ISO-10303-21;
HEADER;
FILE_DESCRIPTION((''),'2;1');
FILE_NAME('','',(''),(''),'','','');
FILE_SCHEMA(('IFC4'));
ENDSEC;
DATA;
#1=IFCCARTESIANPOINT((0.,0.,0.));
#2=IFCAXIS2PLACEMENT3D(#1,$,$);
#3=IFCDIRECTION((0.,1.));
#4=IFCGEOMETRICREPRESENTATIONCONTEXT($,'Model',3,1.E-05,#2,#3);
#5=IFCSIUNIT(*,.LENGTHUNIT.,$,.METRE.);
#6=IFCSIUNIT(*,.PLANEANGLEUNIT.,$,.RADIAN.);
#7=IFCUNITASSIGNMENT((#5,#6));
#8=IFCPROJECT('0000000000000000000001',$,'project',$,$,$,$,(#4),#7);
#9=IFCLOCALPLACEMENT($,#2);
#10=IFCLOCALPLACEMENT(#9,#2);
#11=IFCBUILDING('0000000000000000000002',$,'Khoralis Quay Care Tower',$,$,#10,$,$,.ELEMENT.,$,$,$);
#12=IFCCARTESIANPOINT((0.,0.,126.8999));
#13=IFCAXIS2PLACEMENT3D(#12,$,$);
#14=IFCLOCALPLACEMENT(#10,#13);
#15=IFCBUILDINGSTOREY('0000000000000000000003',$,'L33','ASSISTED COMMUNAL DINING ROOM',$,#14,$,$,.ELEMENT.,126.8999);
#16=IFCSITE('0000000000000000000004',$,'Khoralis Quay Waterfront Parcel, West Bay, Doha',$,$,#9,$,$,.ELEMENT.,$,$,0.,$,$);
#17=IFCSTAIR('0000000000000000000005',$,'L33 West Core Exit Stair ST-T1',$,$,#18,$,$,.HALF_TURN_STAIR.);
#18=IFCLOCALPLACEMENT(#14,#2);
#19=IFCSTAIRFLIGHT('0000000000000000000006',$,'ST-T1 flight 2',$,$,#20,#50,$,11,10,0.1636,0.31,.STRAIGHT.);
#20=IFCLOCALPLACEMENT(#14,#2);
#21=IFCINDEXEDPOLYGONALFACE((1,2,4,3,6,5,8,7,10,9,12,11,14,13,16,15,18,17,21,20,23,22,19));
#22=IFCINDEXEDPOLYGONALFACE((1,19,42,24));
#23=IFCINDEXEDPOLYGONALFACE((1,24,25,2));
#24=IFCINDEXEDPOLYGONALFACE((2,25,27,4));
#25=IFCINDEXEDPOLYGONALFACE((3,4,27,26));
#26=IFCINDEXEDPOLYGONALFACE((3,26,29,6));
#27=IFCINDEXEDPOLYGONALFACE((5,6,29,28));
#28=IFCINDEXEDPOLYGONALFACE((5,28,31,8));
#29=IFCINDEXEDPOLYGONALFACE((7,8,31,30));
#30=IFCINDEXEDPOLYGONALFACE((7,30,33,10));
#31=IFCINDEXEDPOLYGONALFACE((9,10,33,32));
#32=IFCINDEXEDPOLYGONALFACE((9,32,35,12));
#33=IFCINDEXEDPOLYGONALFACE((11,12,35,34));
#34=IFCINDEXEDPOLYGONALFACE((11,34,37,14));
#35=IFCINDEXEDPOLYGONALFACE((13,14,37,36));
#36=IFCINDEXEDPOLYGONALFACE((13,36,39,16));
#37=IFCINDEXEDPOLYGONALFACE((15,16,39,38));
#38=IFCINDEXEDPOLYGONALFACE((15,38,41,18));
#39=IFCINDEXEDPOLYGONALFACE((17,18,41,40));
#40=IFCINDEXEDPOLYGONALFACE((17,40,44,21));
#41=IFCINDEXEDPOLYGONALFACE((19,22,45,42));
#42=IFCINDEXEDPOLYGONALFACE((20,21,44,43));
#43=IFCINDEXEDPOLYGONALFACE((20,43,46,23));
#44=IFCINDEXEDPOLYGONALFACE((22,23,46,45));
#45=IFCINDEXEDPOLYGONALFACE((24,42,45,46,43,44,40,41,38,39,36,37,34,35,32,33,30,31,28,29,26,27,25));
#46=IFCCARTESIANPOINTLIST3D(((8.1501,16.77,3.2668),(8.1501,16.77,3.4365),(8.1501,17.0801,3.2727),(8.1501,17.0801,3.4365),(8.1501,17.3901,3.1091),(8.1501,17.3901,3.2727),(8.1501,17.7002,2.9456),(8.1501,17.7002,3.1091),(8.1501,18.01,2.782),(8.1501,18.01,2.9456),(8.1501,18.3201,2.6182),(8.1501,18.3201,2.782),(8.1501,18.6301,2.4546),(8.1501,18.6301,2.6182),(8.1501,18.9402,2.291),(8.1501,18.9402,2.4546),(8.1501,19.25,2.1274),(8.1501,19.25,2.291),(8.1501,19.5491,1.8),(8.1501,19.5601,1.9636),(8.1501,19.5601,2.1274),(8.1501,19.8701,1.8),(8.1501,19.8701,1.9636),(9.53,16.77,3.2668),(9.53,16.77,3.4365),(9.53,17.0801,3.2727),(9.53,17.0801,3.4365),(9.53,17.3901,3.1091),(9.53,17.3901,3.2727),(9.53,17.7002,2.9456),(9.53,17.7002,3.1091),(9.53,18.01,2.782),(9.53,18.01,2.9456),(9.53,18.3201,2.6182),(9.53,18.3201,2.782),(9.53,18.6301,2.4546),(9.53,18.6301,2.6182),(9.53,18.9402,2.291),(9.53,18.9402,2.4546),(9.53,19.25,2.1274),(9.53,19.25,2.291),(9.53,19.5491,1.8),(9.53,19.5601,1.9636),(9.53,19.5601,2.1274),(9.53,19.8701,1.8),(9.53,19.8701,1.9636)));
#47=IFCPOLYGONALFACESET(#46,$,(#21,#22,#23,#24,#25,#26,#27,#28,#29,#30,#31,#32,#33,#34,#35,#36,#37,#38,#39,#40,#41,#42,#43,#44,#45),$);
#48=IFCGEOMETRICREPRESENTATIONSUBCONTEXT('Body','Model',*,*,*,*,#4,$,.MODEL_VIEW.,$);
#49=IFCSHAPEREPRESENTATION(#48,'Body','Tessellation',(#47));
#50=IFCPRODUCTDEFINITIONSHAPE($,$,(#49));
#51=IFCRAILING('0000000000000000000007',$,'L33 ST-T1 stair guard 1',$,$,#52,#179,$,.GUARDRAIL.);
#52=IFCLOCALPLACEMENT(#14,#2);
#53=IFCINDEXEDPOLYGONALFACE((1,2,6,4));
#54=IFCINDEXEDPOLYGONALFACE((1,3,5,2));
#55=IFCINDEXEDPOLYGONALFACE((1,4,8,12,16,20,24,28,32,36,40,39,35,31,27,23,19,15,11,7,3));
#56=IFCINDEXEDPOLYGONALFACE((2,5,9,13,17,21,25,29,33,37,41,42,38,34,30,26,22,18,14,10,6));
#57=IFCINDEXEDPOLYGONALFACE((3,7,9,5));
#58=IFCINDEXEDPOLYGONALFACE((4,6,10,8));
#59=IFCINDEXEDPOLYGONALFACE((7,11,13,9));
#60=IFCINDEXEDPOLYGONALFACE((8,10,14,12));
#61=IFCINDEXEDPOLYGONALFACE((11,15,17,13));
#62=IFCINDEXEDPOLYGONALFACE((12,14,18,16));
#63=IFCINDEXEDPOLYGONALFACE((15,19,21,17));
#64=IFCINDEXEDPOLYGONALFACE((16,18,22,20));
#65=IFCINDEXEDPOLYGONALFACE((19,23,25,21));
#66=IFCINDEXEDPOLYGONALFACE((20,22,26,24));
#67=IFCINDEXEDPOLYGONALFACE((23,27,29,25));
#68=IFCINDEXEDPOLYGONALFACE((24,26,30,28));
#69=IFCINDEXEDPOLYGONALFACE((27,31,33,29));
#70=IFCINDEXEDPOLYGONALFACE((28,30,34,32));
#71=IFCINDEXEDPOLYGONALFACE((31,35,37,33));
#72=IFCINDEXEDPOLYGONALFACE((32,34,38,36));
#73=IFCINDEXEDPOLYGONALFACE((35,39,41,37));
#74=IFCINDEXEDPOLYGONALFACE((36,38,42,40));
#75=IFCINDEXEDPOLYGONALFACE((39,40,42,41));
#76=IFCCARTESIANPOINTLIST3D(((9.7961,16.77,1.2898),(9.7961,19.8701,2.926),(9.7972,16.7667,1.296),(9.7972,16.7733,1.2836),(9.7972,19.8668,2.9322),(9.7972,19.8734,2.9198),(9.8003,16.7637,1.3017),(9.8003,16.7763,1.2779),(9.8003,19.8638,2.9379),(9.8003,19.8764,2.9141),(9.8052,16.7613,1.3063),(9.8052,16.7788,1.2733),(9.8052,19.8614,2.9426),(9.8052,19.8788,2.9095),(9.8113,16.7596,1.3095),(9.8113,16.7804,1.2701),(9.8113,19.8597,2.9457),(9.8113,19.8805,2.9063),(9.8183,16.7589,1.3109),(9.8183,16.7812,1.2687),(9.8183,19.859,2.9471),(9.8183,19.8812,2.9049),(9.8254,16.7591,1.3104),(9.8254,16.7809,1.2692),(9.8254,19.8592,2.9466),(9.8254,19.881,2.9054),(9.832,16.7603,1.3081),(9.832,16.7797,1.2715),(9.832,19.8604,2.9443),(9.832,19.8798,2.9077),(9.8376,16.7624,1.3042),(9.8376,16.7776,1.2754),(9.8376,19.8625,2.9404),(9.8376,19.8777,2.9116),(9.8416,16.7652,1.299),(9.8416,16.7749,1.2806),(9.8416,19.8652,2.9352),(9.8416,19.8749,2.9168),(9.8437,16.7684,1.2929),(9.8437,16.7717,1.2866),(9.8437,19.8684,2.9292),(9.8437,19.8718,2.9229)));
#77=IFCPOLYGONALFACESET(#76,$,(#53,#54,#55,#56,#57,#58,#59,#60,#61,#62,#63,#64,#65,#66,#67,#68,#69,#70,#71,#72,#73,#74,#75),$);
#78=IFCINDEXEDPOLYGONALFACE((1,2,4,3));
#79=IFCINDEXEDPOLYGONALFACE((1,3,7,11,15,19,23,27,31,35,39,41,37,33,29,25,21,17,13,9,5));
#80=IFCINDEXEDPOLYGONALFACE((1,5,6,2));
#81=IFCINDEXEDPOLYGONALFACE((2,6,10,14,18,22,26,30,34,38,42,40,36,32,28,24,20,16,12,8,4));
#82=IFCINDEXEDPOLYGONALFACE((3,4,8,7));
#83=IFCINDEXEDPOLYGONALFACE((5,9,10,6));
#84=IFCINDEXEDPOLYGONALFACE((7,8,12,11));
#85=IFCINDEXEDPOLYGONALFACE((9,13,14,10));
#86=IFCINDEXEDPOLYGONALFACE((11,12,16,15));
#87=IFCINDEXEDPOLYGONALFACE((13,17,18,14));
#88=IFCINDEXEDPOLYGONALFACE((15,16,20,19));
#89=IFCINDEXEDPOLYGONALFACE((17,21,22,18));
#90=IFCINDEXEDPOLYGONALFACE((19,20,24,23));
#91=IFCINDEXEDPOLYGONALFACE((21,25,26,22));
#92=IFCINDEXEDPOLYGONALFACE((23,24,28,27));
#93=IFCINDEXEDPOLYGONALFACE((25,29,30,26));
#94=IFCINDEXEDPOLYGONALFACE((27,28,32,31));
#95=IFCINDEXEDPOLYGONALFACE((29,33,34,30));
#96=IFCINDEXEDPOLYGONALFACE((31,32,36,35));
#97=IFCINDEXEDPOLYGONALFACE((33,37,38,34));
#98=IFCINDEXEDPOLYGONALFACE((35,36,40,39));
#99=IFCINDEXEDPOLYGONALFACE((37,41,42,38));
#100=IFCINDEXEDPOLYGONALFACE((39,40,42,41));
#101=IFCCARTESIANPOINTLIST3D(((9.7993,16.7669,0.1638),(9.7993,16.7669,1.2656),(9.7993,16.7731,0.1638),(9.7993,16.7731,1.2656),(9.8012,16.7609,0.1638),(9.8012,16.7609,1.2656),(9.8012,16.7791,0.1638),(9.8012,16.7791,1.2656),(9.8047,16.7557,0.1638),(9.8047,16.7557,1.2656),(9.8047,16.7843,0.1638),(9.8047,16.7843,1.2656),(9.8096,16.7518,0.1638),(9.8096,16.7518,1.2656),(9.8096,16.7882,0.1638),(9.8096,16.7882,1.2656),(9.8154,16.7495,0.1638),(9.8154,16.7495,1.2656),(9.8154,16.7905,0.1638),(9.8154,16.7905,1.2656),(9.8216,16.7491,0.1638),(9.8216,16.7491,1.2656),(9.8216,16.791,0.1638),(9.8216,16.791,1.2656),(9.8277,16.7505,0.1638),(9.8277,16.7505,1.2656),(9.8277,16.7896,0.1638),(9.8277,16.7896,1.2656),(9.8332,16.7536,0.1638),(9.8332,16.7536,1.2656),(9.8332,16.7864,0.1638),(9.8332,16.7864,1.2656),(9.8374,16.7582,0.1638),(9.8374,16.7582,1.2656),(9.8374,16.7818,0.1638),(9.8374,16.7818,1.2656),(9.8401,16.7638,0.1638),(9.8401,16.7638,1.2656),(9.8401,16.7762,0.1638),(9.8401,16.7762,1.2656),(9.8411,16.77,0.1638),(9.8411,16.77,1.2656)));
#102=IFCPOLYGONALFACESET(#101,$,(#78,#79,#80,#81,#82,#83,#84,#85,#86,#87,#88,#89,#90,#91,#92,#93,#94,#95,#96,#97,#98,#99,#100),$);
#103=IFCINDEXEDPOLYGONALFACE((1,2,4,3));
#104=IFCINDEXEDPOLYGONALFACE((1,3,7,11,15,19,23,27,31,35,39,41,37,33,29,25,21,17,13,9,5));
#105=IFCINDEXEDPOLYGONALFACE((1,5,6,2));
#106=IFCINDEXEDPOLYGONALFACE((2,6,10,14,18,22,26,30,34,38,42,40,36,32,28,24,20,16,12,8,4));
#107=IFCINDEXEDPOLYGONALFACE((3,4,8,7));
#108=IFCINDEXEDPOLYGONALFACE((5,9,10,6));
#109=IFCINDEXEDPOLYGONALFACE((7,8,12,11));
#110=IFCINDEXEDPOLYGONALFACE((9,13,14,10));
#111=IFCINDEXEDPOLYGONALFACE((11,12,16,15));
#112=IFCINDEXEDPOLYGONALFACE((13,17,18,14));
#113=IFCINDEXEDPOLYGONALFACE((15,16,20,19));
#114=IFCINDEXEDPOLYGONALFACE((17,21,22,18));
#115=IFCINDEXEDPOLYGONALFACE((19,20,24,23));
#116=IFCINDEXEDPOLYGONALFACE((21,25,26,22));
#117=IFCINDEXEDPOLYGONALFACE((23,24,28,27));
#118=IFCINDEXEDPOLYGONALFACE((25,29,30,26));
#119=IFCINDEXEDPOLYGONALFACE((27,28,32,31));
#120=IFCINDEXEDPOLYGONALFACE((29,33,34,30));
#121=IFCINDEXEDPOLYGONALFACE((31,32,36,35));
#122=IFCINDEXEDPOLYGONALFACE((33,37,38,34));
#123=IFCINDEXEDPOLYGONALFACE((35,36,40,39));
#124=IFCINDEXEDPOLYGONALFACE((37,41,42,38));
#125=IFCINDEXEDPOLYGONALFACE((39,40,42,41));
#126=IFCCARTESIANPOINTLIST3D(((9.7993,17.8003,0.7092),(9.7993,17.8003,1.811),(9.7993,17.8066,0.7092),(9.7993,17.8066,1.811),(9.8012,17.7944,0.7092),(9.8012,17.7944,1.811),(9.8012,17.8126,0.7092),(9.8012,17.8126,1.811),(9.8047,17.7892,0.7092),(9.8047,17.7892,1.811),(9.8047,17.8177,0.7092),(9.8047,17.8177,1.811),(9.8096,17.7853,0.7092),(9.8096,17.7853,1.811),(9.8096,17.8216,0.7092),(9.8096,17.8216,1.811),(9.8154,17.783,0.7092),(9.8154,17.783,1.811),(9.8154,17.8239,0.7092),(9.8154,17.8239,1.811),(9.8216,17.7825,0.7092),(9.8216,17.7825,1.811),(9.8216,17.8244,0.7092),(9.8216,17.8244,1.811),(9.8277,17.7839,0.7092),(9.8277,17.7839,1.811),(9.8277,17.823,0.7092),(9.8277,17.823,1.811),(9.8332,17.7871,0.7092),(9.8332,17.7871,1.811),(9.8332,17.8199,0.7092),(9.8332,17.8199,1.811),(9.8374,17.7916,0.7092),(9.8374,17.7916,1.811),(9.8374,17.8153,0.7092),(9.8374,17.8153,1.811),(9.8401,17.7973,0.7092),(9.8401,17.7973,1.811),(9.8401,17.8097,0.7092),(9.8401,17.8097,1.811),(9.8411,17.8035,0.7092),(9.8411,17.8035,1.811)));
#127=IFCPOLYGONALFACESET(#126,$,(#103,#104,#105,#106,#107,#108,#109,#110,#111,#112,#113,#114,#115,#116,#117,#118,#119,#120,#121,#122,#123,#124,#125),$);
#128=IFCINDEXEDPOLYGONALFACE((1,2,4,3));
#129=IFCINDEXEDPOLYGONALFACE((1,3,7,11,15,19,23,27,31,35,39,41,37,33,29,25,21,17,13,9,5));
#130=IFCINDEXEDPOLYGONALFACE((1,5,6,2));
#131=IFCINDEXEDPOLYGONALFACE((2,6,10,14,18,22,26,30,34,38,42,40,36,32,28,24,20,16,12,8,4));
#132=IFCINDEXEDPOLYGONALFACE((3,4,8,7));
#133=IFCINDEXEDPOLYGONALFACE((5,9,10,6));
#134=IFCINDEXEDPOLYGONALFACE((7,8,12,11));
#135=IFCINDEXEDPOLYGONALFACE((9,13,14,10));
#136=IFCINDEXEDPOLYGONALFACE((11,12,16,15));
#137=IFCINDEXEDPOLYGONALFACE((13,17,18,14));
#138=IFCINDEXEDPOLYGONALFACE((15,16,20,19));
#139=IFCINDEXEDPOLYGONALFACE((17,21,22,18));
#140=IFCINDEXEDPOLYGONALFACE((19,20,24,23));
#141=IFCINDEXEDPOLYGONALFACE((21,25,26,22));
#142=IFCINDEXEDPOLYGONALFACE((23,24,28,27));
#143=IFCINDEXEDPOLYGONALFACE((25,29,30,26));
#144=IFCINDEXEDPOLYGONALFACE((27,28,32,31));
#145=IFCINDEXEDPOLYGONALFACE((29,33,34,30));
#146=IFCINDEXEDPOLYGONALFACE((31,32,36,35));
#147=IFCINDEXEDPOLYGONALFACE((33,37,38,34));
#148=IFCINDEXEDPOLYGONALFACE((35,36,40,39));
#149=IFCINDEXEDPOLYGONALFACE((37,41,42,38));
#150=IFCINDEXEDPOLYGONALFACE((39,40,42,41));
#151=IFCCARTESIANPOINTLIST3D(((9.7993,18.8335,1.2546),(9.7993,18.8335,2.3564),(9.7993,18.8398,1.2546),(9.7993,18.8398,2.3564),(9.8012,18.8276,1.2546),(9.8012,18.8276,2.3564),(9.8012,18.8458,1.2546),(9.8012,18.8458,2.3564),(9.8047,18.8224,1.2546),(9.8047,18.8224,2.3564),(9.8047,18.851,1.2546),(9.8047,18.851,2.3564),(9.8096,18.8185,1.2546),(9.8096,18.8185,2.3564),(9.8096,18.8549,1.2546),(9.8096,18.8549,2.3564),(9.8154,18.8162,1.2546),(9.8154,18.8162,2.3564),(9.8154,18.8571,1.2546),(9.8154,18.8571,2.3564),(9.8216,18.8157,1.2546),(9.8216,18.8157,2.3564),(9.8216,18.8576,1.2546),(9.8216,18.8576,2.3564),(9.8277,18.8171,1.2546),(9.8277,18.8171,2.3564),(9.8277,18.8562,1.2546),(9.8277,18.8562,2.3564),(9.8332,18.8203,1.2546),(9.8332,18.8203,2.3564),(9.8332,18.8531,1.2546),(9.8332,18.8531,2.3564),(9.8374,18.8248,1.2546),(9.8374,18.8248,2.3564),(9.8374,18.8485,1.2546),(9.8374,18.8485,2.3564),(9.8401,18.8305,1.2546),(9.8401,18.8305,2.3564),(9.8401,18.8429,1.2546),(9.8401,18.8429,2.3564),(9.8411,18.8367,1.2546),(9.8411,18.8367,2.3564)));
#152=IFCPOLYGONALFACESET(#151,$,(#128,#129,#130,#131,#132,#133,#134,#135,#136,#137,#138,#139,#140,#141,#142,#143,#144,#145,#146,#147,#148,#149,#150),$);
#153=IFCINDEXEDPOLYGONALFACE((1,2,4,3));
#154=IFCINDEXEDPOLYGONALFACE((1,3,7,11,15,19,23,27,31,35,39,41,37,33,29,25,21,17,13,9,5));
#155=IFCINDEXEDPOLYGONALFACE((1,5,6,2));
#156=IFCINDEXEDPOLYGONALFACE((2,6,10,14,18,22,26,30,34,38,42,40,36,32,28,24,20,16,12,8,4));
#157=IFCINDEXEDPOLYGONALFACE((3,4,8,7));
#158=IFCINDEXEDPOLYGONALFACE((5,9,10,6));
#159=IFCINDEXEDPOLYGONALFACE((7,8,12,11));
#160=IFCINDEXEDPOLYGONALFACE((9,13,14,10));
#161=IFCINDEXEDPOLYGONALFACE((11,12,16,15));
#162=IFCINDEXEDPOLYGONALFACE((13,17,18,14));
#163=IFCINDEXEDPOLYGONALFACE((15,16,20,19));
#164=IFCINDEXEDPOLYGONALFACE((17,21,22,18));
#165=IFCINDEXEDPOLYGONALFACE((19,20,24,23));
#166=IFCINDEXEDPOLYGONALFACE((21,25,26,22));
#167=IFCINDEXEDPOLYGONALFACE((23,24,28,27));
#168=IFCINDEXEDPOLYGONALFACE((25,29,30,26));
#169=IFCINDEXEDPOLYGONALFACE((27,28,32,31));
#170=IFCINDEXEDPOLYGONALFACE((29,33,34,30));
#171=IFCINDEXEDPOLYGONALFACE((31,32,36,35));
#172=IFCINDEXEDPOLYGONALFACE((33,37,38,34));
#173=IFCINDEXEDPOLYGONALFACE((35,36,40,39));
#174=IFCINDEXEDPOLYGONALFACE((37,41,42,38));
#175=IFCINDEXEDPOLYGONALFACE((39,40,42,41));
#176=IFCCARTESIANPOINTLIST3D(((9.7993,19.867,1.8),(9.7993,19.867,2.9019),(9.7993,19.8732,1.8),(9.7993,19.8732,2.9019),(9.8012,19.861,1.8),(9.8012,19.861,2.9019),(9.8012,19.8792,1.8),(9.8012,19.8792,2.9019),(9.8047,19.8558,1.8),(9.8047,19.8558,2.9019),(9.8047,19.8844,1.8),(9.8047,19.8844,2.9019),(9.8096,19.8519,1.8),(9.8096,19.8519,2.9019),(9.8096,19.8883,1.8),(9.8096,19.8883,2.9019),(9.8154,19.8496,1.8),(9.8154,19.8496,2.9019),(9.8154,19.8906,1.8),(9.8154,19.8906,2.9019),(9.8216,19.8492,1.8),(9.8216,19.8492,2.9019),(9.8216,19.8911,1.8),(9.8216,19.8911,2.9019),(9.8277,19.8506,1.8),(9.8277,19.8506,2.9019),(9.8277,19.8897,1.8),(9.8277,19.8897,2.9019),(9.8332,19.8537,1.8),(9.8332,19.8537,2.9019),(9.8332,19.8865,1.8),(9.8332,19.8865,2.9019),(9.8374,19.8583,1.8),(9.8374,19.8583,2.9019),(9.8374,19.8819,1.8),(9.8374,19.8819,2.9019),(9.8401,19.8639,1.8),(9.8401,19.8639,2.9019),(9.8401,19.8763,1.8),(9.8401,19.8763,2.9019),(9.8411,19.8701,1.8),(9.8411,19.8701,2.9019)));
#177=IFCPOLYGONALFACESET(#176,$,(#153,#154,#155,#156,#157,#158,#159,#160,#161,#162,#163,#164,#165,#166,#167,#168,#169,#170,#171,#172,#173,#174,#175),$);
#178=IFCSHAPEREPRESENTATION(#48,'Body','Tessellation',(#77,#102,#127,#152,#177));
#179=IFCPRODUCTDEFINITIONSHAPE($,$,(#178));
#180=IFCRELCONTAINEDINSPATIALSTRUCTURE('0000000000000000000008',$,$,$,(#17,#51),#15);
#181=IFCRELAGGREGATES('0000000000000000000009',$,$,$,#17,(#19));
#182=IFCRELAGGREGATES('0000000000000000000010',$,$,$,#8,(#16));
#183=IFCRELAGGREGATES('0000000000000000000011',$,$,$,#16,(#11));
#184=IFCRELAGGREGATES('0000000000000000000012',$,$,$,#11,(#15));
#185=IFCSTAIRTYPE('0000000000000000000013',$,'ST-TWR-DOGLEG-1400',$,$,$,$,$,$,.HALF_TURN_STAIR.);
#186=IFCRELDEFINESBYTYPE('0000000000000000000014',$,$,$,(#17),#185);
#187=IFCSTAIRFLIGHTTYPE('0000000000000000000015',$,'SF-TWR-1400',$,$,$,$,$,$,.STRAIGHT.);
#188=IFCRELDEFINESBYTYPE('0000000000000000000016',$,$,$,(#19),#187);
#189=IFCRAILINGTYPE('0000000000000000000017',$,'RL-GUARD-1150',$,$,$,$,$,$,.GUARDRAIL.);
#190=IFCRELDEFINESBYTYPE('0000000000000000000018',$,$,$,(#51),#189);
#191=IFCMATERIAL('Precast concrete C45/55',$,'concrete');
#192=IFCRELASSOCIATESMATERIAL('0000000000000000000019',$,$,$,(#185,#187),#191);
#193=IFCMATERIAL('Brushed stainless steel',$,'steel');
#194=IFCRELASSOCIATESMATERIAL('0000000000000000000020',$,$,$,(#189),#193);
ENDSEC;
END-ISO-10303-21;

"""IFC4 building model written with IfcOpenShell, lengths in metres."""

from ifc_helpers import new_model, si_unit, direction, frame, origin, origin_2d, place, context, subcontext, project, spatial, polyline, circle, outline, extrude, source, transform, mapped, material, type_object, element, aggregate, save


model = new_model("IFC4")

# Units and contexts
model_context = context("Model", 3, precision=1e-05, world=origin(), true_north=direction((0.0, 1.0)))
body_context = subcontext(model_context, "Body", "Model", "MODEL_VIEW")
ifc_project = project(units=[si_unit("LENGTHUNIT", "METRE"), si_unit("PLANEANGLEUNIT", "RADIAN")], contexts=[model_context])

# Site, building, storey
site_placement = place(None, origin())
site = spatial("IfcSite", under=ifc_project, at=site_placement, Name="Khoralis Quay Waterfront Parcel, West Bay, Doha", CompositionType="ELEMENT", RefElevation=0.0)
building_placement = place(site_placement, origin())
building = spatial("IfcBuilding", under=site, at=building_placement, Name="Khoralis Quay Care Tower", CompositionType="ELEMENT")
storey_placement = place(building_placement, frame((0.0, 0.0, 126.8999)))
storey = spatial("IfcBuildingStorey", under=building, at=storey_placement, Name="L33", Description="ASSISTED COMMUNAL DINING ROOM", CompositionType="ELEMENT", Elevation=126.8999)

# Shared definitions
ifc_material_1 = material(Name="Brushed stainless steel", Category="steel")

# Stair, stair flight
ifc_material_2 = material(Name="Precast concrete C45/55", Category="concrete")
stair_type = type_object("IfcStairType", Name="ST-TWR-DOGLEG-1400", PredefinedType="HALF_TURN_STAIR", material=ifc_material_2)
stair_placement = place(storey_placement, origin())
stair = element("IfcStair", 1, at=stair_placement, inside=storey, type_object=stair_type, Name="L33 West Core Exit Stair ST-T1", PredefinedType="HALF_TURN_STAIR")
stair_flight_type = type_object("IfcStairFlightType", Name="SF-TWR-1400", PredefinedType="STRAIGHT", material=ifc_material_2)
shared_shape_1 = source(origin(), body_context, "Body", "SweptSolid", [
    extrude(outline(polyline([(0.0, 0.0), (0.0, 0.1636), (0.3101, 0.1636), (0.3101, 0.3274), (0.6201, 0.3274), (0.6201, 0.491), (0.9299, 0.491), (0.9299, 0.6545), (1.24, 0.6545), (1.24, 0.8181), (1.55, 0.8181), (1.55, 0.9819), (1.8601, 0.9819), (1.8601, 1.1455), (2.1699, 1.1455), (2.1699, 1.3091), (2.48, 1.3091), (2.48, 1.4727), (2.79, 1.4727), (2.79, 1.6365), (3.1001, 1.6365), (3.1001, 1.8), (3.1001, 1.4668), (0.321, 0.0), (0.0, 0.0)])), frame((0.0, 0.6899, 0.0), z_axis=(0.0, -1.0, 0.0), x_axis=(1.0, 0.0, 0.0)), (0.0, 0.0, 1.0), 1.3799),
])
stair_flight_1_placement = place(storey_placement, frame((8.8401, 19.8701, 1.8), z_axis=(0.0, 0.0, 1.0), x_axis=(0.0, -1.0, 0.0)))
stair_flight_1 = element("IfcStairFlight", 2, at=stair_flight_1_placement, type_object=stair_flight_type, Name="ST-T1 flight 2", NumberOfRisers=11, NumberOfTreads=10, PredefinedType="STRAIGHT", RiserHeight=0.1636, TreadLength=0.31, context=body_context, shape_type="MappedRepresentation", body=[
    mapped(shared_shape_1, transform((0.0, 0.0, 0.0), scale=1.0)),
])
aggregate(stair, [stair_flight_1])

# Railing
railing_type_1 = type_object("IfcRailingType", Name="RL-GUARD-1150", PredefinedType="GUARDRAIL", material=ifc_material_1)
railing_1_placement = place(storey_placement, frame((9.8201, 16.77, 0.1638)))
element("IfcRailing", 3, at=railing_1_placement, inside=storey, type_object=railing_type_1, Name="L33 ST-T1 stair guard 1", PredefinedType="GUARDRAIL", context=body_context, shape_type="SweptSolid", body=[
    extrude(circle(Radius=0.0239, at=origin_2d()), frame((0.0, 0.0, 1.126), z_axis=(0.0, 0.884377, 0.466774), x_axis=(-1.0, 0.0, 0.0)), (0.0, 0.0, 1.0), 3.5054),
    extrude(circle(Radius=0.021, at=origin_2d()), origin(), (0.0, 0.0, 1.0), 1.1018),
    extrude(circle(Radius=0.021, at=origin_2d()), frame((0.0, 1.0334, 0.5454)), (0.0, 0.0, 1.0), 1.1018),
    extrude(circle(Radius=0.021, at=origin_2d()), frame((0.0, 2.0667, 1.0908)), (0.0, 0.0, 1.0), 1.1018),
    extrude(circle(Radius=0.021, at=origin_2d()), frame((0.0, 3.1001, 1.6362)), (0.0, 0.0, 1.0), 1.1018),
])

save(model, "model.ifc")
